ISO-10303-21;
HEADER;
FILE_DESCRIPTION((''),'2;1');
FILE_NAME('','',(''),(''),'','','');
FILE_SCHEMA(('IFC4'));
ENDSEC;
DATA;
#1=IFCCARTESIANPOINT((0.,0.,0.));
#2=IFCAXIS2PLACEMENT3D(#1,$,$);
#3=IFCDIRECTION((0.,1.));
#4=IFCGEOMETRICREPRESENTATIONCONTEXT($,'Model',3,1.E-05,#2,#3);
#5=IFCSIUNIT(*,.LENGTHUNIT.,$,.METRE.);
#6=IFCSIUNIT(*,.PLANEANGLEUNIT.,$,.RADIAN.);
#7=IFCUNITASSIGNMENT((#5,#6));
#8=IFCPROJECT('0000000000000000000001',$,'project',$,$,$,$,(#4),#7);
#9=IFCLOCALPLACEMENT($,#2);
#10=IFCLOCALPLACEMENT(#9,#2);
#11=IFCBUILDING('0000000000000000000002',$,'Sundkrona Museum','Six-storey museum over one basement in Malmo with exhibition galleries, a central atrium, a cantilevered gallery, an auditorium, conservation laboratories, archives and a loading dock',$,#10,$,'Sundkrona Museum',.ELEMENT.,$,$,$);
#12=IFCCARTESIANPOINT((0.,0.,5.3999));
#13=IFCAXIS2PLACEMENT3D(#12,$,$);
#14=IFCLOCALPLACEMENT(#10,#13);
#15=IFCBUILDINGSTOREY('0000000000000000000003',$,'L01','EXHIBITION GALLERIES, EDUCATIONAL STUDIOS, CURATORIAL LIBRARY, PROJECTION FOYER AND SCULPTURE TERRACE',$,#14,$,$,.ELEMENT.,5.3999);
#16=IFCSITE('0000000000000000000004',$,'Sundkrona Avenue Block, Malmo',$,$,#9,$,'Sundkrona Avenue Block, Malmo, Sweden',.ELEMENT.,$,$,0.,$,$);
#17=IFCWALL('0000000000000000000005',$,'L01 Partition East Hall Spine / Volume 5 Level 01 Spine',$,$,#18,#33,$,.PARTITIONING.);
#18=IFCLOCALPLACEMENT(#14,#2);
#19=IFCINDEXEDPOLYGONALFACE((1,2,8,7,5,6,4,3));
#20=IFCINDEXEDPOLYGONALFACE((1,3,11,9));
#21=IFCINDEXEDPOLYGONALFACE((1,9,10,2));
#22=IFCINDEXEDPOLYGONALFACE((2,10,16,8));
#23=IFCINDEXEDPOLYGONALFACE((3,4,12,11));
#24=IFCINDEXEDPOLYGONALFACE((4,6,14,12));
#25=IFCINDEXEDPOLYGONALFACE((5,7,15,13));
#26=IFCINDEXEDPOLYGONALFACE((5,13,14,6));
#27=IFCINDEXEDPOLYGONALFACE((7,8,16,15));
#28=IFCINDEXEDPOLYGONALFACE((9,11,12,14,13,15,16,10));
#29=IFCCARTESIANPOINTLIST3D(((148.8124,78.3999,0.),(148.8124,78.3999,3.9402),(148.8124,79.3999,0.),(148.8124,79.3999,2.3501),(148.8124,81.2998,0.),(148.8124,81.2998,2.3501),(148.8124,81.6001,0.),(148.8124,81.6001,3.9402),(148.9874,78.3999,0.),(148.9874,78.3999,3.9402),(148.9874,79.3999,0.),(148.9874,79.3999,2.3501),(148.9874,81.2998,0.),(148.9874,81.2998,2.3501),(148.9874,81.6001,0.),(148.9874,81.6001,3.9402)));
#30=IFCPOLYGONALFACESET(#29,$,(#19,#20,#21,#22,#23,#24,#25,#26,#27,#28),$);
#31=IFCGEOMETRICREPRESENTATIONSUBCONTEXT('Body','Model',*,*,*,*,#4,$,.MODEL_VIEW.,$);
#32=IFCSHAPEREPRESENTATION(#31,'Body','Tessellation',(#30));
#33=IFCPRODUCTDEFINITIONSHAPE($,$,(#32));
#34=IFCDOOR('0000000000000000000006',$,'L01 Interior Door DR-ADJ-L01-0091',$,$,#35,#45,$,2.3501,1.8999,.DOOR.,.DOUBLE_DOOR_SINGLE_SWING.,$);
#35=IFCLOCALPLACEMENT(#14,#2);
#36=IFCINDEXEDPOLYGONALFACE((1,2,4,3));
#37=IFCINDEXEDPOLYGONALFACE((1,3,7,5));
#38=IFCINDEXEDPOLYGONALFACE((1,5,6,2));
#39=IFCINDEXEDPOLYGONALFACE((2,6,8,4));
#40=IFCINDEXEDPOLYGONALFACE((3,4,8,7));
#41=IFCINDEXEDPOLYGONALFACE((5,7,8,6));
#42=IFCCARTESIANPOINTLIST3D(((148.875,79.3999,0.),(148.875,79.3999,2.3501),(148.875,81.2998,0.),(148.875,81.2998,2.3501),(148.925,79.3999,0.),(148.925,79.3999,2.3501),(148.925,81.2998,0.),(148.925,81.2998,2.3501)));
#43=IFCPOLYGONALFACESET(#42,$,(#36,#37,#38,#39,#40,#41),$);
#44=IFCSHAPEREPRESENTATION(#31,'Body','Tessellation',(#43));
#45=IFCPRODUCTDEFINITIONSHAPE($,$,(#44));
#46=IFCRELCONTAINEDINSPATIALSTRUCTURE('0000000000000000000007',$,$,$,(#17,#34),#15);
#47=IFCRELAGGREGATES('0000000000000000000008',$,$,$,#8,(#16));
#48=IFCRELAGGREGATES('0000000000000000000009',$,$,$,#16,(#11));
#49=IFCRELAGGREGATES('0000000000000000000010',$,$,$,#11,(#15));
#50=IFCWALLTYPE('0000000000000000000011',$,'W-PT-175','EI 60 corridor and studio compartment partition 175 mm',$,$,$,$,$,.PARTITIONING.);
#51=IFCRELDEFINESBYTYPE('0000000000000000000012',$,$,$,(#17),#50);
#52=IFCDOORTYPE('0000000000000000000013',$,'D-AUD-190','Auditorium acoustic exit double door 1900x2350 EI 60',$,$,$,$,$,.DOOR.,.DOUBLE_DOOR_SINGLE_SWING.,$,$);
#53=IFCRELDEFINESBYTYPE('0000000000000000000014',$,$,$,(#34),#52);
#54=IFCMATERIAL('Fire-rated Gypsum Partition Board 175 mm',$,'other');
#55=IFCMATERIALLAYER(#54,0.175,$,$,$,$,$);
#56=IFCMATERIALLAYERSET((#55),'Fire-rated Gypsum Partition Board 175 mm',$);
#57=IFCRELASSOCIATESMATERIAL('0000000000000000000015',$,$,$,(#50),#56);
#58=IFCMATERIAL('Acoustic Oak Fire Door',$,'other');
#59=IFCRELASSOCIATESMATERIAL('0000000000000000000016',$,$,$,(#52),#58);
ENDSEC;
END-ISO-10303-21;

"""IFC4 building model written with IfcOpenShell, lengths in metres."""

from ifc_helpers import new_model, si_unit, direction, frame, frame_2d, origin, place, context, subcontext, project, spatial, rectangle, extrude, material, layer, layer_set, type_object, element, fill, save


model = new_model("IFC4")

# Units and contexts
model_context = context("Model", 3, precision=1e-05, world=origin(), true_north=direction((0.0, 1.0)))
body_context = subcontext(model_context, "Body", "Model", "MODEL_VIEW")
ifc_project = project(units=[si_unit("LENGTHUNIT", "METRE"), si_unit("PLANEANGLEUNIT", "RADIAN")], contexts=[model_context])

# Site, building, storey
site_placement = place(None, origin())
site = spatial("IfcSite", under=ifc_project, at=site_placement, Name="Sundkrona Avenue Block, Malmo", LongName="Sundkrona Avenue Block, Malmo, Sweden", CompositionType="ELEMENT", RefElevation=0.0)
building_placement = place(site_placement, origin())
building = spatial("IfcBuilding", under=site, at=building_placement, Name="Sundkrona Museum", Description="Six-storey museum over one basement in Malmo with exhibition galleries, a central atrium, a cantilevered gallery, an auditorium, conservation laboratories, archives and a loading dock", LongName="Sundkrona Museum", CompositionType="ELEMENT")
storey_placement = place(building_placement, frame((0.0, 0.0, 5.3999)))
storey = spatial("IfcBuildingStorey", under=building, at=storey_placement, Name="L01", Description="EXHIBITION GALLERIES, EDUCATIONAL STUDIOS, CURATORIAL LIBRARY, PROJECTION FOYER AND SCULPTURE TERRACE", CompositionType="ELEMENT", Elevation=5.3999)

# Wall, opening, door
ifc_material_1 = material(Name="Fire-rated Gypsum Partition Board 175 mm", Category="other")
ifc_layer_1 = layer(ifc_material_1, 0.175)
ifc_layer_set_1 = layer_set([ifc_layer_1], Name="Fire-rated Gypsum Partition Board 175 mm")
wall_type_1 = type_object("IfcWallType", Name="W-PT-175", Description="EI 60 corridor and studio compartment partition 175 mm", PredefinedType="PARTITIONING", material=ifc_layer_set_1)
wall_1_placement = place(storey_placement, frame((148.8999, 78.3999, 0.0), z_axis=(0.0, 0.0, 1.0), x_axis=(0.0, 1.0, 0.0)))
wall_1 = element("IfcWall", 1, at=wall_1_placement, inside=storey, type_object=wall_type_1, Name="L01 Partition East Hall Spine / Volume 5 Level 01 Spine", PredefinedType="PARTITIONING", context=body_context, shape_type="SweptSolid", body=[
    extrude(rectangle(XDim=3.2002, YDim=0.175, at=frame_2d((1.6001, 0.0))), origin(), (0.0, 0.0, 1.0), 3.9402),
])
opening_1_placement = place(wall_1_placement, frame((1.0, 0.0, 0.0)))
opening_1 = element("IfcOpeningElement", 2, at=opening_1_placement, cuts=wall_1, PredefinedType="OPENING", context=body_context, shape_type="SweptSolid", body=[
    extrude(rectangle(XDim=1.8999, YDim=2.3501, at=frame_2d((0.95, 1.175))), frame((0.0, 0.0974, 0.0), z_axis=(0.0, -1.0, 0.0), x_axis=(1.0, 0.0, 0.0)), (0.0, 0.0, 1.0), 0.1951),
])
ifc_material_2 = material(Name="Acoustic Oak Fire Door", Category="other")
door_type_1 = type_object("IfcDoorType", Name="D-AUD-190", Description="Auditorium acoustic exit double door 1900x2350 EI 60", OperationType="DOUBLE_DOOR_SINGLE_SWING", PredefinedType="DOOR", material=ifc_material_2)
door_1_placement = place(opening_1_placement, origin())
door_1 = element("IfcDoor", 3, at=door_1_placement, inside=storey, type_object=door_type_1, Name="L01 Interior Door DR-ADJ-L01-0091", OperationType="DOUBLE_DOOR_SINGLE_SWING", OverallHeight=2.3501, OverallWidth=1.8999, PredefinedType="DOOR", context=body_context, shape_type="SweptSolid", body=[
    extrude(rectangle(XDim=1.8999, YDim=2.3501, at=frame_2d((0.95, 1.175))), frame((0.0, 0.0249, 0.0), z_axis=(0.0, -1.0, 0.0), x_axis=(1.0, 0.0, 0.0)), (0.0, 0.0, 1.0), 0.05),
])
fill(opening_1, door_1)

save(model, "model.ifc")
